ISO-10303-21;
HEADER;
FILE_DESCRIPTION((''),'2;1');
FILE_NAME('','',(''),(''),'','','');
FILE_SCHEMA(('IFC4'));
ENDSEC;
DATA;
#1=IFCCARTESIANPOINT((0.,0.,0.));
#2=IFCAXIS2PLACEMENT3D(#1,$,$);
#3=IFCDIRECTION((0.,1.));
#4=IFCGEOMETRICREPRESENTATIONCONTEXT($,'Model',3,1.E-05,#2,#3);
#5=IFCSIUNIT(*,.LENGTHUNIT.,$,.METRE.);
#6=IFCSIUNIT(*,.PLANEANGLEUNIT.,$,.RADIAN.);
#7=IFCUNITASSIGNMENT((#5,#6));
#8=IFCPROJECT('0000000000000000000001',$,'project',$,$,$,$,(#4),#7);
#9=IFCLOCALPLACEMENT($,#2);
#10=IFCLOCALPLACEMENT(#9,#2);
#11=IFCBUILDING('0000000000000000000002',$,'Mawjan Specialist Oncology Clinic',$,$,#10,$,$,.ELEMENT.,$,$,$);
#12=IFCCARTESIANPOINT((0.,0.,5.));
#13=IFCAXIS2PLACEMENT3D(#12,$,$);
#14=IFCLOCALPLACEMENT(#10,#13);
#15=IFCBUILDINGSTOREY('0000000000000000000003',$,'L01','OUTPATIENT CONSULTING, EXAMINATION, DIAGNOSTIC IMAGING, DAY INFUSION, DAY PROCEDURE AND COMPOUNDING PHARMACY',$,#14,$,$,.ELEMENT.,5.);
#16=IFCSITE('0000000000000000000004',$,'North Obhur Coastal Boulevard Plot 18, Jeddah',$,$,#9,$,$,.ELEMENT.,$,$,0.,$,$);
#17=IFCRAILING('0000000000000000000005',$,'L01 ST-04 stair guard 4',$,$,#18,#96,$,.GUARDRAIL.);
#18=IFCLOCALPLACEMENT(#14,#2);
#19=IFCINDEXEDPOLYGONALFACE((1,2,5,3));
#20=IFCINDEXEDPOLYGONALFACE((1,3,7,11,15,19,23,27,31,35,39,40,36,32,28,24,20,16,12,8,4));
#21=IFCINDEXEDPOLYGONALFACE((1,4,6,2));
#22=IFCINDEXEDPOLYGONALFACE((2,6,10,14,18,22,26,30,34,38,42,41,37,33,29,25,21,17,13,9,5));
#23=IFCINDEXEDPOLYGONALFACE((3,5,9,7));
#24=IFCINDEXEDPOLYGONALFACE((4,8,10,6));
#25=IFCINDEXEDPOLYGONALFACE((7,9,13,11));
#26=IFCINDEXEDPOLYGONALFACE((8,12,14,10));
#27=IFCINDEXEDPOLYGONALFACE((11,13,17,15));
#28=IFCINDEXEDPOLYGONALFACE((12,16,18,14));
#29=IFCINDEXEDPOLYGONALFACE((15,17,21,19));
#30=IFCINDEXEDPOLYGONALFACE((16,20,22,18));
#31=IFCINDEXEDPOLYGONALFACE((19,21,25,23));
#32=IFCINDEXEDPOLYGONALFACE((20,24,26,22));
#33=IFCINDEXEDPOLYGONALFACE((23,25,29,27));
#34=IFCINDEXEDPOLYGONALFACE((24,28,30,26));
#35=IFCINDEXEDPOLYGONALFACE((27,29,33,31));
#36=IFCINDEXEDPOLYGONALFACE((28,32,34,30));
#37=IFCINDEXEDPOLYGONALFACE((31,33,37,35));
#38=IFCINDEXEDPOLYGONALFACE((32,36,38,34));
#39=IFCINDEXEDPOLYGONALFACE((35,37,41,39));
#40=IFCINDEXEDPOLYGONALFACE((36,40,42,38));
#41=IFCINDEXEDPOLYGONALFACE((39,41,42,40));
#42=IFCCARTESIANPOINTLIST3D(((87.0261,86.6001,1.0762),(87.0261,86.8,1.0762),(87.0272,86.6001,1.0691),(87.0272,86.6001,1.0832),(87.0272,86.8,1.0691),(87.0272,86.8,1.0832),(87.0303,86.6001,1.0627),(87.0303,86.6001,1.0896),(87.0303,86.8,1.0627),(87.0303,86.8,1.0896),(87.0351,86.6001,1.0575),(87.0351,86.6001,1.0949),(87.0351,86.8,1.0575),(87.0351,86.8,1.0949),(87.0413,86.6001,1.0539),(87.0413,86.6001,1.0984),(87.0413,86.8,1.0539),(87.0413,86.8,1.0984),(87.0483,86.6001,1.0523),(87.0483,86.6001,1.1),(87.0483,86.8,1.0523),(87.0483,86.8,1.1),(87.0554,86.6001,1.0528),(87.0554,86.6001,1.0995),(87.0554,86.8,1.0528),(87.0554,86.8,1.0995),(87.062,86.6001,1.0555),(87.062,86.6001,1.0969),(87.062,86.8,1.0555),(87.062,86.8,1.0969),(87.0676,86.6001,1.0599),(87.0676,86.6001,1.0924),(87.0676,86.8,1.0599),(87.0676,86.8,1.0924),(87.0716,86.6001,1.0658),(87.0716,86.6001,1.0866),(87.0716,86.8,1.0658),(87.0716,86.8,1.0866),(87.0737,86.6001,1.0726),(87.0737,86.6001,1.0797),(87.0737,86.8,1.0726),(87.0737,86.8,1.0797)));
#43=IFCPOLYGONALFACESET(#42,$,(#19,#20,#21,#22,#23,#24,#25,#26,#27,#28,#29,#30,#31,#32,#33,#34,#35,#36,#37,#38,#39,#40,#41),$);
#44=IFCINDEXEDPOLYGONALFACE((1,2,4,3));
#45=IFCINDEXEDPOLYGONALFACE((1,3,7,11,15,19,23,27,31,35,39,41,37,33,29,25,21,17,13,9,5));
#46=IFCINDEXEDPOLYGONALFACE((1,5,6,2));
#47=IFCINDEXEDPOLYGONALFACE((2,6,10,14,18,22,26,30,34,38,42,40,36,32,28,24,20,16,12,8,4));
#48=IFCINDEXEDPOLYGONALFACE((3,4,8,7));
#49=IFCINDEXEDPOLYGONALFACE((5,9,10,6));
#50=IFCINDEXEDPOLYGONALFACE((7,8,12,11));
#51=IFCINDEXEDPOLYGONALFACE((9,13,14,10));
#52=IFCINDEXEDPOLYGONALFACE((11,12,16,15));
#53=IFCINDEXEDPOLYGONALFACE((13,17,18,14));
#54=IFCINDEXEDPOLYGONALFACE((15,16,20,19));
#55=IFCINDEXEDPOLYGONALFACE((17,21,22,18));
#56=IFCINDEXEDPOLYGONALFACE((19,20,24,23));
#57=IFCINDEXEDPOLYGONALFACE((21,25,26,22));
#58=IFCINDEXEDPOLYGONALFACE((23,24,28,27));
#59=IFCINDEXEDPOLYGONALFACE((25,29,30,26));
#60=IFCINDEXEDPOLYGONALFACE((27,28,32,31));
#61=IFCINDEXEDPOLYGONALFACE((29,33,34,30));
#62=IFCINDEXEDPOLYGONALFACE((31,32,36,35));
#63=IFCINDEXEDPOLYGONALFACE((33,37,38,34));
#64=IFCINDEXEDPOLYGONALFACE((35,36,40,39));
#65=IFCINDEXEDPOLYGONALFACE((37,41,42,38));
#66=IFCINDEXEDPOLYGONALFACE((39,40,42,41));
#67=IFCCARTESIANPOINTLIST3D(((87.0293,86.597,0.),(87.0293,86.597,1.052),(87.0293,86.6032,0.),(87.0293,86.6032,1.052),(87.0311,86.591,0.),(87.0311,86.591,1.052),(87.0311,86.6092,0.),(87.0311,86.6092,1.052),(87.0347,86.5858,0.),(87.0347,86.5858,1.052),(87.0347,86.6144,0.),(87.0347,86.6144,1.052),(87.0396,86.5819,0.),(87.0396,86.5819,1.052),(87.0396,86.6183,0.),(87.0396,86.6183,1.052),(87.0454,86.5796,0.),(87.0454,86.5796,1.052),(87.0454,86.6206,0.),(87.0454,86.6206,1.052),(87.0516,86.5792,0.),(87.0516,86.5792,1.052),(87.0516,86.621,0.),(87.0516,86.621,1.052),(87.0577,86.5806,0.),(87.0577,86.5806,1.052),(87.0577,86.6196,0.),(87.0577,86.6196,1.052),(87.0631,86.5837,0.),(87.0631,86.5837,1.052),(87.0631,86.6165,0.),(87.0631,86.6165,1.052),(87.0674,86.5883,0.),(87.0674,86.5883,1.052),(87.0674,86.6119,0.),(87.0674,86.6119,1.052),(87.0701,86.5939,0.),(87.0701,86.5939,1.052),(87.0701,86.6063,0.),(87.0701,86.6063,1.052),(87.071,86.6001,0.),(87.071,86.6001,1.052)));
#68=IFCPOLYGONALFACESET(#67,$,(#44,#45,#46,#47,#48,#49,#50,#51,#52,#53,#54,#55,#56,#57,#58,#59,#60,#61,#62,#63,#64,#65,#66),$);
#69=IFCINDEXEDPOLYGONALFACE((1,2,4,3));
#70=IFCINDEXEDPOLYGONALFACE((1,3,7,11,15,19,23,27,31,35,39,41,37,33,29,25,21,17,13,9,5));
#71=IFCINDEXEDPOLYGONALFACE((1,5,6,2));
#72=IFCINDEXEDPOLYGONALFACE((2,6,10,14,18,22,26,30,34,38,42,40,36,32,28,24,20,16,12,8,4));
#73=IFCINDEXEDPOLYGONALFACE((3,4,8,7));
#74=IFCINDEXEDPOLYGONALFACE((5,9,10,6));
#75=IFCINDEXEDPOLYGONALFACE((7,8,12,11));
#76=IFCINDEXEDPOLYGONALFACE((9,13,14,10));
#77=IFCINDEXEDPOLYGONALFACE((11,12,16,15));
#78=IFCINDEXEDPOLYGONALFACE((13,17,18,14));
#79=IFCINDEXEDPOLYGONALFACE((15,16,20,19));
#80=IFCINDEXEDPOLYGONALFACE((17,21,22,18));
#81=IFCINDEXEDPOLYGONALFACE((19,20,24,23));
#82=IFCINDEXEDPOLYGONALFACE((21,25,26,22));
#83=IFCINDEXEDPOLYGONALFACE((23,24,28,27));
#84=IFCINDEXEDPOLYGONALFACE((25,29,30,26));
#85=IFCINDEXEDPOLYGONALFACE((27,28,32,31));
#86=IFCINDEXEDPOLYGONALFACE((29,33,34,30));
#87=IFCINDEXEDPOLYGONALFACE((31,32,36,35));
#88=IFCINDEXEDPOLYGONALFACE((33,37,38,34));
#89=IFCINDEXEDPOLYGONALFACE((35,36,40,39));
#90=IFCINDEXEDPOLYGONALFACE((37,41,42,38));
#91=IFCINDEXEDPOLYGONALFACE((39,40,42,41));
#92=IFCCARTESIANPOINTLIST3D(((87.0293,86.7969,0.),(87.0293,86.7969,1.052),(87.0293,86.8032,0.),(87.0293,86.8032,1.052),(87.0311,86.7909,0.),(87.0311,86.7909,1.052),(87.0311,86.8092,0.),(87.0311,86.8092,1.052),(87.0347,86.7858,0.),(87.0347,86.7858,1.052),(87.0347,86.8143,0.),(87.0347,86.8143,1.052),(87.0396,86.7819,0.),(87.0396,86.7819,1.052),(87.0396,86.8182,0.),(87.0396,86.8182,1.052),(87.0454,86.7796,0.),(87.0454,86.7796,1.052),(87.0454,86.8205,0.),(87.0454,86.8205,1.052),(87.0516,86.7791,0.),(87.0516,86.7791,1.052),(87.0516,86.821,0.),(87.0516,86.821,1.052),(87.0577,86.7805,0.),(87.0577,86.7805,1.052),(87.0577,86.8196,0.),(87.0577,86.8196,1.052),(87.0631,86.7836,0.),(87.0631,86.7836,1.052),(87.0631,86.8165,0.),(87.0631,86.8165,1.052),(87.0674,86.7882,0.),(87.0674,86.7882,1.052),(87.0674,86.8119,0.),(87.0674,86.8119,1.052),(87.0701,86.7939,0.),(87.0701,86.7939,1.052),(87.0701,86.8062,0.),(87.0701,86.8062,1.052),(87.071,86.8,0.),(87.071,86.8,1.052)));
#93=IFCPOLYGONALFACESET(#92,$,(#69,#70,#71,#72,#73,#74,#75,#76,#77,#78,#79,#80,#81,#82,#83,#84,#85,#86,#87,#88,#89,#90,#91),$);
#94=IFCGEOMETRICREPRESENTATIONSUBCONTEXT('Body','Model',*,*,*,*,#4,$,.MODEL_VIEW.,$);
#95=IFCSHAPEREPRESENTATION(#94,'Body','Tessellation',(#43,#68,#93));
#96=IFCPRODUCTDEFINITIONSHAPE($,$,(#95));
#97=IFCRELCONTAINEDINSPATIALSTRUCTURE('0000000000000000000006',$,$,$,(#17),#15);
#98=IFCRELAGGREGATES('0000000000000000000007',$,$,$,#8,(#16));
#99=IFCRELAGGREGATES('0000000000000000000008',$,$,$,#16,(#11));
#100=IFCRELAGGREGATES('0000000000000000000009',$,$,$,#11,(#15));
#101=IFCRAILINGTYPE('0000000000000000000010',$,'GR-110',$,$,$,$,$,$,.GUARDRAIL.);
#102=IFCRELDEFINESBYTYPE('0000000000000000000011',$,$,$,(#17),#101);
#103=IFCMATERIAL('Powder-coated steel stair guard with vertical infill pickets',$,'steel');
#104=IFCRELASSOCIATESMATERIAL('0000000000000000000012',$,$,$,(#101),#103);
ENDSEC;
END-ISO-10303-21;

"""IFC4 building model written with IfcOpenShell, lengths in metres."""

from ifc_helpers import new_model, si_unit, direction, frame, origin, origin_2d, place, context, subcontext, project, spatial, circle, extrude, material, type_object, element, save


model = new_model("IFC4")

# Units and contexts
model_context = context("Model", 3, precision=1e-05, world=origin(), true_north=direction((0.0, 1.0)))
body_context = subcontext(model_context, "Body", "Model", "MODEL_VIEW")
ifc_project = project(units=[si_unit("LENGTHUNIT", "METRE"), si_unit("PLANEANGLEUNIT", "RADIAN")], contexts=[model_context])

# Site, building, storey
site_placement = place(None, origin())
site = spatial("IfcSite", under=ifc_project, at=site_placement, Name="North Obhur Coastal Boulevard Plot 18, Jeddah", CompositionType="ELEMENT", RefElevation=0.0)
building_placement = place(site_placement, origin())
building = spatial("IfcBuilding", under=site, at=building_placement, Name="Mawjan Specialist Oncology Clinic", CompositionType="ELEMENT")
storey_placement = place(building_placement, frame((0.0, 0.0, 5.0)))
storey = spatial("IfcBuildingStorey", under=building, at=storey_placement, Name="L01", Description="OUTPATIENT CONSULTING, EXAMINATION, DIAGNOSTIC IMAGING, DAY INFUSION, DAY PROCEDURE AND COMPOUNDING PHARMACY", CompositionType="ELEMENT", Elevation=5.0)

# Railing
ifc_material_1 = material(Name="Powder-coated steel stair guard with vertical infill pickets", Category="steel")
railing_type_1 = type_object("IfcRailingType", Name="GR-110", PredefinedType="GUARDRAIL", material=ifc_material_1)
railing_1_placement = place(storey_placement, frame((87.05, 86.6001, 0.0)))
element("IfcRailing", 1, at=railing_1_placement, inside=storey, type_object=railing_type_1, Name="L01 ST-04 stair guard 4", PredefinedType="GUARDRAIL", context=body_context, shape_type="SweptSolid", body=[
    extrude(circle(Radius=0.0239, at=origin_2d()), frame((0.0, 0.0, 1.0762), z_axis=(0.0, 1.0, 0.0), x_axis=(-1.0, 0.0, 0.0)), (0.0, 0.0, 1.0), 0.2),
    extrude(circle(Radius=0.021, at=origin_2d()), origin(), (0.0, 0.0, 1.0), 1.052),
    extrude(circle(Radius=0.021, at=origin_2d()), frame((0.0, 0.2, 0.0)), (0.0, 0.0, 1.0), 1.052),
])

save(model, "model.ifc")
